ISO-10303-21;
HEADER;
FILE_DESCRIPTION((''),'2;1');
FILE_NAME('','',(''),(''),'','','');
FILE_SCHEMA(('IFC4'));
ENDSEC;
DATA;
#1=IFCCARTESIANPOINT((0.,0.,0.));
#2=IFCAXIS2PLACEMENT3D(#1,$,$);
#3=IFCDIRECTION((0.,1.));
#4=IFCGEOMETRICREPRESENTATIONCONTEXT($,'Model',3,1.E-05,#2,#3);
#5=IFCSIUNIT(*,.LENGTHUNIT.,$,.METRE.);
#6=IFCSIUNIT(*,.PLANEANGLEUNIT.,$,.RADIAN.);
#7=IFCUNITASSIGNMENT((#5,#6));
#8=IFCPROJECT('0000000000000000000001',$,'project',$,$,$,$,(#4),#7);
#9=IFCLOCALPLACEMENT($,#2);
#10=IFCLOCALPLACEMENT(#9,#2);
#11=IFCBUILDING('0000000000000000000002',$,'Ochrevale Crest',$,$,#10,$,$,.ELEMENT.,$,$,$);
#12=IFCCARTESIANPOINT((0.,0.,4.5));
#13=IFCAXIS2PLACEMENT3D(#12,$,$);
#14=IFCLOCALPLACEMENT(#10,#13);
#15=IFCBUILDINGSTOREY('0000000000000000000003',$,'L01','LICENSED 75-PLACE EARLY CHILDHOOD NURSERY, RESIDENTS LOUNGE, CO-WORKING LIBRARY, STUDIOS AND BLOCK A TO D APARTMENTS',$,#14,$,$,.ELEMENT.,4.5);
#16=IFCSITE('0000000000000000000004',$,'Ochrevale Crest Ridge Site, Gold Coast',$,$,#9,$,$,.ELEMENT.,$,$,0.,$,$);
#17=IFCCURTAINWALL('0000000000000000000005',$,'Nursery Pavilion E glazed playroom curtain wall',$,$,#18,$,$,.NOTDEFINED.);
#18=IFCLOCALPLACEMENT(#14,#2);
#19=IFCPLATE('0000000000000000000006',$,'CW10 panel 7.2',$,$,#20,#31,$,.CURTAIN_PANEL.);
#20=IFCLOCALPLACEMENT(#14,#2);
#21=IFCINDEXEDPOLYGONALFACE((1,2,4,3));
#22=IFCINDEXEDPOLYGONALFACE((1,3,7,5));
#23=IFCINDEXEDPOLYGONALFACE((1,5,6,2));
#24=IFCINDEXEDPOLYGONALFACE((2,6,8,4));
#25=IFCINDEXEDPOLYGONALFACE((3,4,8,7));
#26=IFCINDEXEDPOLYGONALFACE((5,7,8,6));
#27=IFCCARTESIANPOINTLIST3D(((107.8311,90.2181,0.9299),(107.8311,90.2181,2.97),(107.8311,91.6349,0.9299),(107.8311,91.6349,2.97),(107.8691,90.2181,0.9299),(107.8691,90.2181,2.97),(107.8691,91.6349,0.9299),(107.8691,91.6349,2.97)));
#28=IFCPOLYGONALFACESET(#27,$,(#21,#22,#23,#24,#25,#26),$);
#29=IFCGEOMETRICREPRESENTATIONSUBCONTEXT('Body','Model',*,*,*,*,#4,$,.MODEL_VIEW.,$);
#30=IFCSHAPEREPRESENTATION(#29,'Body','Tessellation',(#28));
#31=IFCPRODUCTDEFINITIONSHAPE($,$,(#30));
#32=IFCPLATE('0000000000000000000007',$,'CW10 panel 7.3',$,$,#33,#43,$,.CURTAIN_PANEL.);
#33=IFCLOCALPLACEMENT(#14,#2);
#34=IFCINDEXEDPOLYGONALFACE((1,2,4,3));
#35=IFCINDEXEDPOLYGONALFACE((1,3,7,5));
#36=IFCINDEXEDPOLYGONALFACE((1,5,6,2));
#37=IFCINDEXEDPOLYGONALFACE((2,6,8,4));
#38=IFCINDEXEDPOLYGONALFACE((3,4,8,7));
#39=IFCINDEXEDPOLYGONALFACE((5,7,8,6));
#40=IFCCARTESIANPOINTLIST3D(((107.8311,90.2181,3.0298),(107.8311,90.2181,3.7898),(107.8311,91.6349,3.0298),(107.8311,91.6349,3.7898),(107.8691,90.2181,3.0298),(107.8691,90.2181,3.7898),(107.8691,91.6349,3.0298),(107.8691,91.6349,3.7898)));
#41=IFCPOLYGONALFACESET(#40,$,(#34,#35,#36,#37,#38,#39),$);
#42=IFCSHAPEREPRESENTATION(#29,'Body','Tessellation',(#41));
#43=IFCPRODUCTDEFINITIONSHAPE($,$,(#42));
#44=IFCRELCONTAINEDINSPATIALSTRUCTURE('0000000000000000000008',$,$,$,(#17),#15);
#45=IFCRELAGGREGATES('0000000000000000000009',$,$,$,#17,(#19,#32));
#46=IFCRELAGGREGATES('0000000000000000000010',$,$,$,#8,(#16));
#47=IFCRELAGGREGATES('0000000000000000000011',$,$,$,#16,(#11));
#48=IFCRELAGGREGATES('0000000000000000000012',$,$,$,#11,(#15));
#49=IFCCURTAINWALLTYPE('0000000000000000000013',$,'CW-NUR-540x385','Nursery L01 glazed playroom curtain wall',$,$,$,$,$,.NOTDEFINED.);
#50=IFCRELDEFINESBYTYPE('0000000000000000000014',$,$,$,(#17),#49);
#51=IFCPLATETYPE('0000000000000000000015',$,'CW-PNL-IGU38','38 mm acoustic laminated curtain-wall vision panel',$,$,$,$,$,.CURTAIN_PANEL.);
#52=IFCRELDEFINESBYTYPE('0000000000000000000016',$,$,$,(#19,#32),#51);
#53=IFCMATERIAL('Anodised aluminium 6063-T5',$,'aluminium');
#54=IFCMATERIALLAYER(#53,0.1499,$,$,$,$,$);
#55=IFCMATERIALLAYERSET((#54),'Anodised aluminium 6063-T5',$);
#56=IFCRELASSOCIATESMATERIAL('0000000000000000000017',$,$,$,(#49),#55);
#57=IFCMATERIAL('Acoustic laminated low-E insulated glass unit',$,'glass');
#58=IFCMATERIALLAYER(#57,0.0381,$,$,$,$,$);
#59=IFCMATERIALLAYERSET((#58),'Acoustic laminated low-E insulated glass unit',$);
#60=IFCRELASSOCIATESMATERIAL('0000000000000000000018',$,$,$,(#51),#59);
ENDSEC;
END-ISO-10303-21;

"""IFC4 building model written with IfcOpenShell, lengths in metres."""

from ifc_helpers import new_model, si_unit, direction, frame, origin, origin_2d, place, context, subcontext, project, spatial, rectangle, extrude, material, layer, layer_set, type_object, element, aggregate, save


model = new_model("IFC4")

# Units and contexts
model_context = context("Model", 3, precision=1e-05, world=origin(), true_north=direction((0.0, 1.0)))
body_context = subcontext(model_context, "Body", "Model", "MODEL_VIEW")
ifc_project = project(units=[si_unit("LENGTHUNIT", "METRE"), si_unit("PLANEANGLEUNIT", "RADIAN")], contexts=[model_context])

# Site, building, storey
site_placement = place(None, origin())
site = spatial("IfcSite", under=ifc_project, at=site_placement, Name="Ochrevale Crest Ridge Site, Gold Coast", CompositionType="ELEMENT", RefElevation=0.0)
building_placement = place(site_placement, origin())
building = spatial("IfcBuilding", under=site, at=building_placement, Name="Ochrevale Crest", CompositionType="ELEMENT")
storey_placement = place(building_placement, frame((0.0, 0.0, 4.5)))
storey = spatial("IfcBuildingStorey", under=building, at=storey_placement, Name="L01", Description="LICENSED 75-PLACE EARLY CHILDHOOD NURSERY, RESIDENTS LOUNGE, CO-WORKING LIBRARY, STUDIOS AND BLOCK A TO D APARTMENTS", CompositionType="ELEMENT", Elevation=4.5)

# Curtain wall, plates
ifc_material_1 = material(Name="Anodised aluminium 6063-T5", Category="aluminium")
ifc_layer_1 = layer(ifc_material_1, 0.1499)
ifc_layer_set_1 = layer_set([ifc_layer_1], Name="Anodised aluminium 6063-T5")
curtain_wall_type = type_object("IfcCurtainWallType", Name="CW-NUR-540x385", Description="Nursery L01 glazed playroom curtain wall", PredefinedType="NOTDEFINED", material=ifc_layer_set_1)
curtain_wall_placement = place(storey_placement, origin())
curtain_wall = element("IfcCurtainWall", 1, at=curtain_wall_placement, inside=storey, type_object=curtain_wall_type, Name="Nursery Pavilion E glazed playroom curtain wall", PredefinedType="NOTDEFINED")
ifc_material_2 = material(Name="Acoustic laminated low-E insulated glass unit", Category="glass")
ifc_layer_2 = layer(ifc_material_2, 0.0381)
ifc_layer_set_2 = layer_set([ifc_layer_2], Name="Acoustic laminated low-E insulated glass unit")
plate_type = type_object("IfcPlateType", Name="CW-PNL-IGU38", Description="38 mm acoustic laminated curtain-wall vision panel", PredefinedType="CURTAIN_PANEL", material=ifc_layer_set_2)
plate_1_placement = place(storey_placement, frame((107.8501, 90.9265, 0.9299), z_axis=(0.0, 0.0, 1.0), x_axis=(0.0, 1.0, 0.0)))
plate_1 = element("IfcPlate", 2, at=plate_1_placement, type_object=plate_type, Name="CW10 panel 7.2", PredefinedType="CURTAIN_PANEL", context=body_context, shape_type="SweptSolid", body=[
    extrude(rectangle(XDim=1.4167, YDim=0.0381, at=origin_2d()), origin(), (0.0, 0.0, 1.0), 2.04),
])
plate_2_placement = place(storey_placement, frame((107.8501, 90.9265, 3.0298), z_axis=(0.0, 0.0, 1.0), x_axis=(0.0, 1.0, 0.0)))
plate_2 = element("IfcPlate", 3, at=plate_2_placement, type_object=plate_type, Name="CW10 panel 7.3", PredefinedType="CURTAIN_PANEL", context=body_context, shape_type="SweptSolid", body=[
    extrude(rectangle(XDim=1.4167, YDim=0.0381, at=origin_2d()), origin(), (0.0, 0.0, 1.0), 0.76),
])
aggregate(curtain_wall, [plate_1, plate_2])

save(model, "model.ifc")
